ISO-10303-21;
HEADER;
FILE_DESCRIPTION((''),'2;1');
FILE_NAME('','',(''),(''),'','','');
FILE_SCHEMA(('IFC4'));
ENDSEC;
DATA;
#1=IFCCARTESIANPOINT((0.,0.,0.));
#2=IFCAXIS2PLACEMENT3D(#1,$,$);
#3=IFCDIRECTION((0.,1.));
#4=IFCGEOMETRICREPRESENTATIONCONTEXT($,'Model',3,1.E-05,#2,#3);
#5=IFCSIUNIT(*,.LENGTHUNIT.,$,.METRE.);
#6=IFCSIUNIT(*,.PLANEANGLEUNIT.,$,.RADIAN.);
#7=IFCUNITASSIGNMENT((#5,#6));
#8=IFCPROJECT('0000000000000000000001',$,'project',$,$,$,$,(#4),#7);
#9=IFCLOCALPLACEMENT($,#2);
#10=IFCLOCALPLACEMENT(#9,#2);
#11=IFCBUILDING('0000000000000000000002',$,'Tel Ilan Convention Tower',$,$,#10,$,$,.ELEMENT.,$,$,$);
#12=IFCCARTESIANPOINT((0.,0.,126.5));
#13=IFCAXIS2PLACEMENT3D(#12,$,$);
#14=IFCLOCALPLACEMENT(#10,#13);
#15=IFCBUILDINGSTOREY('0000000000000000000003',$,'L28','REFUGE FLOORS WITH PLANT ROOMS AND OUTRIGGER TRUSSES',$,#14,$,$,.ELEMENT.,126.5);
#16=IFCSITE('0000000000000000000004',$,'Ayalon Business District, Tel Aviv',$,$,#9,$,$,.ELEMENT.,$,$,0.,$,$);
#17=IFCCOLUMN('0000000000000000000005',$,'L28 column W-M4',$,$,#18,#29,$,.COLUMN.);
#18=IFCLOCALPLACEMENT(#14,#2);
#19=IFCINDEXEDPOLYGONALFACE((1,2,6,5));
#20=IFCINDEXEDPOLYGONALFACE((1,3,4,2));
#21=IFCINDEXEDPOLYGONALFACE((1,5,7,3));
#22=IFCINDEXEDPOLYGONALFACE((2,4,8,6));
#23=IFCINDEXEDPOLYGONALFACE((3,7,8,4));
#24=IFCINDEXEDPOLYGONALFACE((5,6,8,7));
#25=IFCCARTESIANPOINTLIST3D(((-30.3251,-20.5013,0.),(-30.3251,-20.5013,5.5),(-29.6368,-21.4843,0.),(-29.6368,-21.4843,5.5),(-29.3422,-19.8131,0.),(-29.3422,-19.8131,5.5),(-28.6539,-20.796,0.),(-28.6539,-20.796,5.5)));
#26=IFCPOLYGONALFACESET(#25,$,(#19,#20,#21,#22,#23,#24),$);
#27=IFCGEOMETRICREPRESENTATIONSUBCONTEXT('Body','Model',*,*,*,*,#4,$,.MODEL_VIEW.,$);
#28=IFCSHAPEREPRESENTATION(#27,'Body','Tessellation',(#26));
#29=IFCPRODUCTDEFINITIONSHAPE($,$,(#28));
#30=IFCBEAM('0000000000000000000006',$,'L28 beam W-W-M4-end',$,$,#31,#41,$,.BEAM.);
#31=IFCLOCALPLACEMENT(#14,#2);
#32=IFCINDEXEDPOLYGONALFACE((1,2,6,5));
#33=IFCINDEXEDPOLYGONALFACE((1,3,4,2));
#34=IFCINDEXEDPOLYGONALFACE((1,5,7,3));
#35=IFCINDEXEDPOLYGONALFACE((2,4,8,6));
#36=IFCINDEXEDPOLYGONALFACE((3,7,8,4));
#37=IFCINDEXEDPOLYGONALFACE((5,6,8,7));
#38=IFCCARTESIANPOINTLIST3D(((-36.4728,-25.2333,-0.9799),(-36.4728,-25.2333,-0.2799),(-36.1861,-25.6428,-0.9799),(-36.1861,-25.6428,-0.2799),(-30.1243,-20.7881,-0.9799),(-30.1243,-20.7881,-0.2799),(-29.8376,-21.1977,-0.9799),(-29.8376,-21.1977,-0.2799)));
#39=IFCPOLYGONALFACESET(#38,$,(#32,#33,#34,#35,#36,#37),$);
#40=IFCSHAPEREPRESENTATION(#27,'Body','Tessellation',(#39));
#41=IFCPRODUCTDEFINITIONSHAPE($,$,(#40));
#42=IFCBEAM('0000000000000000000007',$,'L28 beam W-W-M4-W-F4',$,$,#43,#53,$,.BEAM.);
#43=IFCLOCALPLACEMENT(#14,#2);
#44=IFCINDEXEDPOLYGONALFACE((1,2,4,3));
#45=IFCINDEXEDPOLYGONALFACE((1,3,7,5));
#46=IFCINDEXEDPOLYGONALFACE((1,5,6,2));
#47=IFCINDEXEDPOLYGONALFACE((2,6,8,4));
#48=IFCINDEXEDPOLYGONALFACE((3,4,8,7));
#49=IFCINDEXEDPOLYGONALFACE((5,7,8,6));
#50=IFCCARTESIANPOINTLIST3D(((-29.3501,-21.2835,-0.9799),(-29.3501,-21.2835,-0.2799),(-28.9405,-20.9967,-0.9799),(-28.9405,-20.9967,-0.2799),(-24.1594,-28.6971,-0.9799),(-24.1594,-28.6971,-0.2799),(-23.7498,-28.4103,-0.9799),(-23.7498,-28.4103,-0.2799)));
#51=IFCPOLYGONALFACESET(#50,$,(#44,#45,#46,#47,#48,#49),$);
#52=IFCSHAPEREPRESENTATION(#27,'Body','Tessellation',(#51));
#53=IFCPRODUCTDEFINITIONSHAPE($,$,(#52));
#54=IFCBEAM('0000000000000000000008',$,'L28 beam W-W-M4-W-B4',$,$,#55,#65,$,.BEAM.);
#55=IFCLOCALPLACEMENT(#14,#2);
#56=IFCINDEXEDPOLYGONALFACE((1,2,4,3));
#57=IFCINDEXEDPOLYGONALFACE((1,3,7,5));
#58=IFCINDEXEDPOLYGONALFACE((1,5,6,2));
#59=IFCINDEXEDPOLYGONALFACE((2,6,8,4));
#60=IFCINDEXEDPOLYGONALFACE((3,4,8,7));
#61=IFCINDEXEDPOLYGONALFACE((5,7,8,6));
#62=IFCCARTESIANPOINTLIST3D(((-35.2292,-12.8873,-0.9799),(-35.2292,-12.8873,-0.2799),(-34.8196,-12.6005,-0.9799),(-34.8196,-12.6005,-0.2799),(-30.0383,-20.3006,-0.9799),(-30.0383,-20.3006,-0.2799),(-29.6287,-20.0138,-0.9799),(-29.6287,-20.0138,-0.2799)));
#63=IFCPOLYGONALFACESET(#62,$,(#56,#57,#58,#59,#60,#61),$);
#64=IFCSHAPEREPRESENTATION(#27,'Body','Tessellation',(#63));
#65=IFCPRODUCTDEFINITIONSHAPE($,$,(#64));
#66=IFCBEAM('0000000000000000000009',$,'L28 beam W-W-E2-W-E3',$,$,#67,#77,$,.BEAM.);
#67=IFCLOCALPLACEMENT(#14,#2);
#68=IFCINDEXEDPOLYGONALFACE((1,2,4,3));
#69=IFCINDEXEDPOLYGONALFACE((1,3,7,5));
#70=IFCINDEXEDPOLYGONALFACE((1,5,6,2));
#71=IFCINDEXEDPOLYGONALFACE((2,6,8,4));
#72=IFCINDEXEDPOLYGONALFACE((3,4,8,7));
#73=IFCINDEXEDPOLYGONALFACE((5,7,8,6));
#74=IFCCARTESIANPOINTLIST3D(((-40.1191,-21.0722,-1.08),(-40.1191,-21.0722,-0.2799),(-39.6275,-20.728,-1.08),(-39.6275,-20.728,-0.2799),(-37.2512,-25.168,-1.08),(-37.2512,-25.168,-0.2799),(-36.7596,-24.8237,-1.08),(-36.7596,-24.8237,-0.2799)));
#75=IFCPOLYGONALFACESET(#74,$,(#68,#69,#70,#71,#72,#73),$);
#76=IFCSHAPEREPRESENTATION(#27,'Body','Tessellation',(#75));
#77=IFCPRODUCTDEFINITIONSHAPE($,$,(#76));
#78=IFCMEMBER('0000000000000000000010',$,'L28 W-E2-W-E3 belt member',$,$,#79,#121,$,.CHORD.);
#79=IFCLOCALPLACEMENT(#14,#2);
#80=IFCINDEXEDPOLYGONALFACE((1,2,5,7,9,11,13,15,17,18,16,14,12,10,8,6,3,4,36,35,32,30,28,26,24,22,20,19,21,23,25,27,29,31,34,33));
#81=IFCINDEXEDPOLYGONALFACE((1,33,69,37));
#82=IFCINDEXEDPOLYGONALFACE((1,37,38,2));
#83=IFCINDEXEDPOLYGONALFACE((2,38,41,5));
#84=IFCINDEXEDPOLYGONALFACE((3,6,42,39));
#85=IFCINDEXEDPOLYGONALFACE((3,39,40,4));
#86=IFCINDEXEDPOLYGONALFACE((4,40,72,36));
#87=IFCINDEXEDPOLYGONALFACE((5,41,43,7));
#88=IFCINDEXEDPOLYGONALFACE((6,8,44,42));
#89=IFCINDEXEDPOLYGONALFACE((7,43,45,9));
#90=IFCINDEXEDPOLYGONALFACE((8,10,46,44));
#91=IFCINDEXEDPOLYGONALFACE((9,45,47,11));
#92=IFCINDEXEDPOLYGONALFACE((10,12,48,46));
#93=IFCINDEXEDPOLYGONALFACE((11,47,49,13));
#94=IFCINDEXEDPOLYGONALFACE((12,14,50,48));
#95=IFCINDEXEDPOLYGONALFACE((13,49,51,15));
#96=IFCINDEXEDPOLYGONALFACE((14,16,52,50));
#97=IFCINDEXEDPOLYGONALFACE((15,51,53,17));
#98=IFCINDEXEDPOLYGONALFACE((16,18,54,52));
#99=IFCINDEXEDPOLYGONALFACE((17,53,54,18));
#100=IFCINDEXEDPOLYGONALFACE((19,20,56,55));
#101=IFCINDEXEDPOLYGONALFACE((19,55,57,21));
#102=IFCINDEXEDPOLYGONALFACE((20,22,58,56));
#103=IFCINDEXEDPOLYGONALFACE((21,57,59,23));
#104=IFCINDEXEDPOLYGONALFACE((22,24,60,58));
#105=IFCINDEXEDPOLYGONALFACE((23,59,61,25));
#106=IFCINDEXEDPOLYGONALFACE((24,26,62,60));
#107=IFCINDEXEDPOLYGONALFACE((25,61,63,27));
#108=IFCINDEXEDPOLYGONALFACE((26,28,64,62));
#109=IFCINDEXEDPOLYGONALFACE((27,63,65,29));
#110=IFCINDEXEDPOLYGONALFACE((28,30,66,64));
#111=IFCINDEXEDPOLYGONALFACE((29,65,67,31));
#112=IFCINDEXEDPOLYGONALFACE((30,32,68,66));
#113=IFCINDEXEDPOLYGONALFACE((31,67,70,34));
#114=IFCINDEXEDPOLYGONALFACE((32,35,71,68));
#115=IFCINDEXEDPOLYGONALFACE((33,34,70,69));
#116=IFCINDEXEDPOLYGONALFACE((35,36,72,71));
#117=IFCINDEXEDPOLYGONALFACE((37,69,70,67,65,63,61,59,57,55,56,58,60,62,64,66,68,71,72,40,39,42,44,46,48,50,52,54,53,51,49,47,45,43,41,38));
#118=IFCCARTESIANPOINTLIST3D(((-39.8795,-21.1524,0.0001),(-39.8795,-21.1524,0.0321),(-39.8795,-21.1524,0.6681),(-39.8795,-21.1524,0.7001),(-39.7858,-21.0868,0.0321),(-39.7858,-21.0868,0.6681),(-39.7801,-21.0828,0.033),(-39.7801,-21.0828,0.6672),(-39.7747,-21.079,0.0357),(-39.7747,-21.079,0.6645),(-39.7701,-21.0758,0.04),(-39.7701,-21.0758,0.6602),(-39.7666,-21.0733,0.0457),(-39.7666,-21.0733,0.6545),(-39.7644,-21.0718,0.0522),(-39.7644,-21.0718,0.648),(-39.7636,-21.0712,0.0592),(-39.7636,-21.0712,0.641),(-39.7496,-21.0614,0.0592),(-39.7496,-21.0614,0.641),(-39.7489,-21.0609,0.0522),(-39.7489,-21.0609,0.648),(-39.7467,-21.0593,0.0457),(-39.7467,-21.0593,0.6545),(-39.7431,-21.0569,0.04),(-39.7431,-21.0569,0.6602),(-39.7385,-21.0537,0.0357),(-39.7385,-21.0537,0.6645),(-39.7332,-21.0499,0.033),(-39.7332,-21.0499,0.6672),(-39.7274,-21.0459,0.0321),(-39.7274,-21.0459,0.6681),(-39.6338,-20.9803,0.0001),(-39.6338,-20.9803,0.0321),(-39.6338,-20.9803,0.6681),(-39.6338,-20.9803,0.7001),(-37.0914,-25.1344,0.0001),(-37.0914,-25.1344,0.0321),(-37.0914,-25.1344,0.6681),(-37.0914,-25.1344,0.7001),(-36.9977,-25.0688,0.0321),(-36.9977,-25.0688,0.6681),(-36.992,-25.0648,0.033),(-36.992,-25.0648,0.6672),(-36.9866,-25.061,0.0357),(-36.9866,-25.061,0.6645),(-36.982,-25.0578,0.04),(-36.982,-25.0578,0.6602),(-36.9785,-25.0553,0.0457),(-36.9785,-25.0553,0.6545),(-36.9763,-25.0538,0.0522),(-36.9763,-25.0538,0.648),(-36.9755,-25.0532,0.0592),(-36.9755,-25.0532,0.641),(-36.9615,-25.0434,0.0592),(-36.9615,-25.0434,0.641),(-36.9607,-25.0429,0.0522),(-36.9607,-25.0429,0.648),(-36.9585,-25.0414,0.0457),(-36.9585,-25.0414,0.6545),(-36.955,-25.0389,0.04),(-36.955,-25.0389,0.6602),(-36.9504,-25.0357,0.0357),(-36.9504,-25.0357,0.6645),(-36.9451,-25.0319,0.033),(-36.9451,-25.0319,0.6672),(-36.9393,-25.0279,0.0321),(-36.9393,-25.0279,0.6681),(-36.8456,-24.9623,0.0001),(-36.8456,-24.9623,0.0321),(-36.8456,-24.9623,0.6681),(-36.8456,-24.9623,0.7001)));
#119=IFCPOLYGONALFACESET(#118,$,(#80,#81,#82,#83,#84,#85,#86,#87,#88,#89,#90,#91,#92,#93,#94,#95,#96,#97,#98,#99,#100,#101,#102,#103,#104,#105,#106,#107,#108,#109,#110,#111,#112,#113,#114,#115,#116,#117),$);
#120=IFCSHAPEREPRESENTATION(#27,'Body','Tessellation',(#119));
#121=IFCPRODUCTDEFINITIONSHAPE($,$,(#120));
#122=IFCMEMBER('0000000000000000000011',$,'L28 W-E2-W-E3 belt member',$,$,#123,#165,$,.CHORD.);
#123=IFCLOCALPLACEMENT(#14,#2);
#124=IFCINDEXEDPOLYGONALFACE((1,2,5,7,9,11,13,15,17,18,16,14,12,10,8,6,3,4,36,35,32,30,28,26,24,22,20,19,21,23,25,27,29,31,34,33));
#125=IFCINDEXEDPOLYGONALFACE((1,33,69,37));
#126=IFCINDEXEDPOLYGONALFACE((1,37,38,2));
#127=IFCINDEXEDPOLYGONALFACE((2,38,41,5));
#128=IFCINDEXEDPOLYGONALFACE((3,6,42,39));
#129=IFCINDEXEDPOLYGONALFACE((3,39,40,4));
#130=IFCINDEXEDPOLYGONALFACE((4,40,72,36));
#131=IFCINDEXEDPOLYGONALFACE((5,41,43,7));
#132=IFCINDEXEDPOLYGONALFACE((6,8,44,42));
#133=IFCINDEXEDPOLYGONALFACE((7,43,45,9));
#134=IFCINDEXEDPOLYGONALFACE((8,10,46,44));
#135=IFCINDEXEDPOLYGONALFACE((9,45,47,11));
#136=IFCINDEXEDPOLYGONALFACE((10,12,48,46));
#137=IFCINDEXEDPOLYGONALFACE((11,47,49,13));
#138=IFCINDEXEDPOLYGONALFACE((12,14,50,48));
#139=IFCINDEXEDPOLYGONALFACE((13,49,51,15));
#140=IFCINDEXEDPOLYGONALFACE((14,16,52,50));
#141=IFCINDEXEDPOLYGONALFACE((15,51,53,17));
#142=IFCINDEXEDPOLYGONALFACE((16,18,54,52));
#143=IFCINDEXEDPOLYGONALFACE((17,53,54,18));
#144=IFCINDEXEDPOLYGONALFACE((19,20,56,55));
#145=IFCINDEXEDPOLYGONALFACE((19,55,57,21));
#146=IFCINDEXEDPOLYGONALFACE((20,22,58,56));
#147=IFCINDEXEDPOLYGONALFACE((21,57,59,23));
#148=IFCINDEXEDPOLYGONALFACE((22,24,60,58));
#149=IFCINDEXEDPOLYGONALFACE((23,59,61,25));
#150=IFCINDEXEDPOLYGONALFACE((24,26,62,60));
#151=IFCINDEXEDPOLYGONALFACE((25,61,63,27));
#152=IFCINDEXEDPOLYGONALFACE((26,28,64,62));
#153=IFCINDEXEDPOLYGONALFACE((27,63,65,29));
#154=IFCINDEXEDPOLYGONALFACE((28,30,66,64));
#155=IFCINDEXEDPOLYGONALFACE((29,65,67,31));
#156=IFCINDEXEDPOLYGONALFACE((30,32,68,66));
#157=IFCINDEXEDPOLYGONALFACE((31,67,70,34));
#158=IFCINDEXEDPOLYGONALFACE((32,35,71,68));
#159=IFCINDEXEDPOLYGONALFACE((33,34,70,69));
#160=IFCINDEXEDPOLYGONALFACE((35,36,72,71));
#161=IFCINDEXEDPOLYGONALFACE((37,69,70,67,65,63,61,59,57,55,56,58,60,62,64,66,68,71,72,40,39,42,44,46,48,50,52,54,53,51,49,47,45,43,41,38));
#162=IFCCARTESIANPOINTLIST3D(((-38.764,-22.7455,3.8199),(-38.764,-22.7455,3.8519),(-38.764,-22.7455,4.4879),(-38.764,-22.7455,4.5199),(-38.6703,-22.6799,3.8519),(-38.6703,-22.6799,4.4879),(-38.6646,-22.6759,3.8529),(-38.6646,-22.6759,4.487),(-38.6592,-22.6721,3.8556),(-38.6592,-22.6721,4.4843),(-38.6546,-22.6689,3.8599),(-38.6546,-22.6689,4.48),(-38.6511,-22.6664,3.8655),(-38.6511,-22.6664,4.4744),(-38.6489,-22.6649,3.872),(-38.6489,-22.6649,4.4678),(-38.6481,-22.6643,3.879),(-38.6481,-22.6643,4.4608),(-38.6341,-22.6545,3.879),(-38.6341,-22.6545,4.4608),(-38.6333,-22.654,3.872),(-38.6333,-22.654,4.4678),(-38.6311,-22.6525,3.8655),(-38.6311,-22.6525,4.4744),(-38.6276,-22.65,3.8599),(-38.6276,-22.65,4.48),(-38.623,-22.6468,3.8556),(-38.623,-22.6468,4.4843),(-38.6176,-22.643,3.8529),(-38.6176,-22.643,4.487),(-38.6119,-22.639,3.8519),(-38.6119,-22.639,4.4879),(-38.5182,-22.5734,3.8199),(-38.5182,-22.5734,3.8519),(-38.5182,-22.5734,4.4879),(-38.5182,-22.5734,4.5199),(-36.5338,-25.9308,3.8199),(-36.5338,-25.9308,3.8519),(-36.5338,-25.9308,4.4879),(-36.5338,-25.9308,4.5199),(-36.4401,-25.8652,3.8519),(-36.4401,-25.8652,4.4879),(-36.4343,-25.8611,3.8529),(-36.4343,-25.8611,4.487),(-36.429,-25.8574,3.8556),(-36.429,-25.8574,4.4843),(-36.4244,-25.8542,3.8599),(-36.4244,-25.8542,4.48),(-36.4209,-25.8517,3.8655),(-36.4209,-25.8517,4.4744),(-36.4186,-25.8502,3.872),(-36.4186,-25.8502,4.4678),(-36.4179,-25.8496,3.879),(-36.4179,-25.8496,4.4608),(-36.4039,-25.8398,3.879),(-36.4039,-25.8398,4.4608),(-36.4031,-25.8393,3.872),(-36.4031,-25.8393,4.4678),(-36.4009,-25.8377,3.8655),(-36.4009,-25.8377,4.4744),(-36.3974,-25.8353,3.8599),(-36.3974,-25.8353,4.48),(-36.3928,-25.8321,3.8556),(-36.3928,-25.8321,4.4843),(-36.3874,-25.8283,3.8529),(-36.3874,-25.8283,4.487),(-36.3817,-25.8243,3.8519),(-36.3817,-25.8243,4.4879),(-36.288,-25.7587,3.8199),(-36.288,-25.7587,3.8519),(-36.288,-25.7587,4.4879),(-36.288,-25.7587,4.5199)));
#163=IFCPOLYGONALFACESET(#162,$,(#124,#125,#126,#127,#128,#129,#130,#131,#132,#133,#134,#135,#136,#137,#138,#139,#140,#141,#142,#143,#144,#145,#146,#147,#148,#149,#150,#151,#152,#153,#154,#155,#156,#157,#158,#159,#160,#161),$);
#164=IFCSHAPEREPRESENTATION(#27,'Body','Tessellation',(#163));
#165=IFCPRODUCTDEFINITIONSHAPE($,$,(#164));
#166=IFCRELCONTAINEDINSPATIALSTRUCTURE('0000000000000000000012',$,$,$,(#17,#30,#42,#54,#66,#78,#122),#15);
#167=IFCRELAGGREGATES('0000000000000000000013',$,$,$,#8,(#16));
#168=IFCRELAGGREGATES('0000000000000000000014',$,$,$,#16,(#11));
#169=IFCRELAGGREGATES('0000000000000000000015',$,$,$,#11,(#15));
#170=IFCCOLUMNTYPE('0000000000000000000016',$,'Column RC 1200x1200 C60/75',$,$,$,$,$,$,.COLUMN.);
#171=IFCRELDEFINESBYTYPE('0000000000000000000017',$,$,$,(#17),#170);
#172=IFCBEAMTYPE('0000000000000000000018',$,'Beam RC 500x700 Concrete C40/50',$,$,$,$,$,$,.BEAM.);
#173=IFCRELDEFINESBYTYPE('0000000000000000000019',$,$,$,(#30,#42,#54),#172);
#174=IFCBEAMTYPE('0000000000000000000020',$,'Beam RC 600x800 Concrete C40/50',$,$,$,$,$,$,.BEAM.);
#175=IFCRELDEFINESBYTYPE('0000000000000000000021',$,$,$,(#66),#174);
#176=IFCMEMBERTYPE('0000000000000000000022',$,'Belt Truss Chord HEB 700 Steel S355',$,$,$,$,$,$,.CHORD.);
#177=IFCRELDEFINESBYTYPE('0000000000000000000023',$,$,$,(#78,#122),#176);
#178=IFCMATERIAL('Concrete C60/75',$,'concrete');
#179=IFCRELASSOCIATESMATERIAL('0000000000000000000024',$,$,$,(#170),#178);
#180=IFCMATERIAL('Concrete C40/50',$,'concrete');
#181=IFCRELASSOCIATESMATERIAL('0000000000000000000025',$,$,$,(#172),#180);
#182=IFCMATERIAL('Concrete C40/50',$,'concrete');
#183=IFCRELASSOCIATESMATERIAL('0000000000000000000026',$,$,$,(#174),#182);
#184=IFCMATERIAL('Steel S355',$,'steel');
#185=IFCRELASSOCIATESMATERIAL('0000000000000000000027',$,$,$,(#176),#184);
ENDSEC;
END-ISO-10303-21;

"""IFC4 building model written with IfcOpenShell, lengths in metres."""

from ifc_helpers import new_model, si_unit, direction, frame, origin, origin_2d, place, context, subcontext, project, spatial, rectangle, i_section, extrude, material, material_profile, profile_set, type_object, element, save


model = new_model("IFC4")

# Units and contexts
model_context = context("Model", 3, precision=1e-05, world=origin(), true_north=direction((0.0, 1.0)))
body_context = subcontext(model_context, "Body", "Model", "MODEL_VIEW")
ifc_project = project(units=[si_unit("LENGTHUNIT", "METRE"), si_unit("PLANEANGLEUNIT", "RADIAN")], contexts=[model_context])

# Site, building, storey
site_placement = place(None, origin())
site = spatial("IfcSite", under=ifc_project, at=site_placement, Name="Ayalon Business District, Tel Aviv", CompositionType="ELEMENT", RefElevation=0.0)
building_placement = place(site_placement, origin())
building = spatial("IfcBuilding", under=site, at=building_placement, Name="Tel Ilan Convention Tower", CompositionType="ELEMENT")
storey_placement = place(building_placement, frame((0.0, 0.0, 126.5)))
storey = spatial("IfcBuildingStorey", under=building, at=storey_placement, Name="L28", Description="REFUGE FLOORS WITH PLANT ROOMS AND OUTRIGGER TRUSSES", CompositionType="ELEMENT", Elevation=126.5)

# Column
ifc_material_1 = material(Name="Concrete C60/75", Category="concrete")
ifc_material_profile_1 = material_profile(ifc_material_1, rectangle(XDim=1.2, YDim=1.2, at=origin_2d()), Name="RC 1200x1200")
ifc_profile_set_1 = profile_set([ifc_material_profile_1], Name="Concrete C60/75")
column_type_1 = type_object("IfcColumnType", Name="Column RC 1200x1200 C60/75", PredefinedType="COLUMN", material=ifc_profile_set_1)
column_1_placement = place(storey_placement, frame((-29.4895, -20.6487, 0.0), z_axis=(0.0, 0.0, 1.0), x_axis=(-0.819152, -0.573576, 0.0)))
element("IfcColumn", 1, at=column_1_placement, inside=storey, type_object=column_type_1, Name="L28 column W-M4", PredefinedType="COLUMN", context=body_context, shape_type="SweptSolid", body=[
    extrude(rectangle(XDim=1.2, YDim=1.2, at=origin_2d()), origin(), (0.0, 0.0, 1.0), 5.5),
])

# Beams
ifc_material_2 = material(Name="Concrete C40/50", Category="concrete")
ifc_material_profile_2 = material_profile(ifc_material_2, rectangle(XDim=0.5, YDim=0.7, at=origin_2d()), Name="RC 500x700")
ifc_profile_set_2 = profile_set([ifc_material_profile_2], Name="Concrete C40/50")
beam_type_1 = type_object("IfcBeamType", Name="Beam RC 500x700 Concrete C40/50", PredefinedType="BEAM", material=ifc_profile_set_2)
beam_1_placement = place(storey_placement, frame((-29.981, -20.9929, -0.6299), z_axis=(-0.819159, -0.573566, 0.0), x_axis=(0.573566, -0.819159, 0.0)))
element("IfcBeam", 2, at=beam_1_placement, inside=storey, type_object=beam_type_1, Name="L28 beam W-W-M4-end", PredefinedType="BEAM", context=body_context, shape_type="SweptSolid", body=[
    extrude(rectangle(XDim=0.5, YDim=0.7, at=origin_2d()), origin(), (0.0, 0.0, 1.0), 7.75),
])
for number, where, z_axis, x_axis, name in (
    (3, (-29.1453, -21.1401, -0.6299), (0.573549, -0.819171, 0.0), (0.819171, 0.573549, 0.0), "L28 beam W-W-M4-W-F4"),
    (4, (-29.8335, -20.1572, -0.6299), (-0.57358, 0.81915, 0.0), (-0.81915, -0.57358, 0.0), "L28 beam W-W-M4-W-B4"),
):
    element("IfcBeam", number, at=place(storey_placement, frame(where, z_axis=z_axis, x_axis=x_axis)), inside=storey, type_object=beam_type_1, Name=name, PredefinedType="BEAM", context=body_context, shape_type="SweptSolid", body=[
        extrude(rectangle(XDim=0.5, YDim=0.7, at=origin_2d()), origin(), (0.0, 0.0, 1.0), 9.05),
    ])
ifc_material_3 = material(Name="Concrete C40/50", Category="concrete")
ifc_material_profile_3 = material_profile(ifc_material_3, rectangle(XDim=0.6001, YDim=0.8, at=origin_2d()), Name="RC 600x800")
ifc_profile_set_3 = profile_set([ifc_material_profile_3], Name="Concrete C40/50")
beam_type_2 = type_object("IfcBeamType", Name="Beam RC 600x800 Concrete C40/50", PredefinedType="BEAM", material=ifc_profile_set_3)
beam_2_placement = place(storey_placement, frame((-37.0054, -24.9958, -0.6799), z_axis=(-0.573587, 0.819145, 0.0), x_axis=(-0.819145, -0.573587, 0.0)))
element("IfcBeam", 5, at=beam_2_placement, inside=storey, type_object=beam_type_2, Name="L28 beam W-W-E2-W-E3", PredefinedType="BEAM", context=body_context, shape_type="SweptSolid", body=[
    extrude(rectangle(XDim=0.6001, YDim=0.8, at=origin_2d()), origin(), (0.0, 0.0, 1.0), 5.0),
])

# Members
ifc_material_4 = material(Name="Steel S355", Category="steel")
ifc_material_profile_4 = material_profile(ifc_material_4, i_section(OverallWidth=0.3, OverallDepth=0.7, WebThickness=0.0171, FlangeThickness=0.032, FilletRadius=0.0271, at=origin_2d()), Name="HEB 700")
ifc_profile_set_4 = profile_set([ifc_material_profile_4], Name="Steel S355")
member_type_1 = type_object("IfcMemberType", Name="Belt Truss Chord HEB 700 Steel S355", PredefinedType="CHORD", material=ifc_profile_set_4)
member_1_placement = place(storey_placement, frame((-36.9685, -25.0483, 0.3501), z_axis=(-0.573563, 0.819161, 0.0), x_axis=(-0.819161, -0.573563, 0.0)))
element("IfcMember", 6, at=member_1_placement, inside=storey, type_object=member_type_1, Name="L28 W-E2-W-E3 belt member", PredefinedType="CHORD", context=body_context, shape_type="SweptSolid", body=[
    extrude(i_section(OverallWidth=0.3, OverallDepth=0.7, WebThickness=0.0171, FlangeThickness=0.032, FilletRadius=0.0271, at=origin_2d()), origin(), (0.0, 0.0, 1.0), 4.8611),
])
member_2_placement = place(storey_placement, frame((-36.4109, -25.8447, 4.1699), z_axis=(-0.573551, 0.81917, 0.0), x_axis=(-0.81917, -0.573551, 0.0)))
element("IfcMember", 7, at=member_2_placement, inside=storey, type_object=member_type_1, Name="L28 W-E2-W-E3 belt member", PredefinedType="CHORD", context=body_context, shape_type="SweptSolid", body=[
    extrude(i_section(OverallWidth=0.3, OverallDepth=0.7, WebThickness=0.0171, FlangeThickness=0.032, FilletRadius=0.0271, at=origin_2d()), origin(), (0.0, 0.0, 1.0), 3.8884),
])

save(model, "model.ifc")
